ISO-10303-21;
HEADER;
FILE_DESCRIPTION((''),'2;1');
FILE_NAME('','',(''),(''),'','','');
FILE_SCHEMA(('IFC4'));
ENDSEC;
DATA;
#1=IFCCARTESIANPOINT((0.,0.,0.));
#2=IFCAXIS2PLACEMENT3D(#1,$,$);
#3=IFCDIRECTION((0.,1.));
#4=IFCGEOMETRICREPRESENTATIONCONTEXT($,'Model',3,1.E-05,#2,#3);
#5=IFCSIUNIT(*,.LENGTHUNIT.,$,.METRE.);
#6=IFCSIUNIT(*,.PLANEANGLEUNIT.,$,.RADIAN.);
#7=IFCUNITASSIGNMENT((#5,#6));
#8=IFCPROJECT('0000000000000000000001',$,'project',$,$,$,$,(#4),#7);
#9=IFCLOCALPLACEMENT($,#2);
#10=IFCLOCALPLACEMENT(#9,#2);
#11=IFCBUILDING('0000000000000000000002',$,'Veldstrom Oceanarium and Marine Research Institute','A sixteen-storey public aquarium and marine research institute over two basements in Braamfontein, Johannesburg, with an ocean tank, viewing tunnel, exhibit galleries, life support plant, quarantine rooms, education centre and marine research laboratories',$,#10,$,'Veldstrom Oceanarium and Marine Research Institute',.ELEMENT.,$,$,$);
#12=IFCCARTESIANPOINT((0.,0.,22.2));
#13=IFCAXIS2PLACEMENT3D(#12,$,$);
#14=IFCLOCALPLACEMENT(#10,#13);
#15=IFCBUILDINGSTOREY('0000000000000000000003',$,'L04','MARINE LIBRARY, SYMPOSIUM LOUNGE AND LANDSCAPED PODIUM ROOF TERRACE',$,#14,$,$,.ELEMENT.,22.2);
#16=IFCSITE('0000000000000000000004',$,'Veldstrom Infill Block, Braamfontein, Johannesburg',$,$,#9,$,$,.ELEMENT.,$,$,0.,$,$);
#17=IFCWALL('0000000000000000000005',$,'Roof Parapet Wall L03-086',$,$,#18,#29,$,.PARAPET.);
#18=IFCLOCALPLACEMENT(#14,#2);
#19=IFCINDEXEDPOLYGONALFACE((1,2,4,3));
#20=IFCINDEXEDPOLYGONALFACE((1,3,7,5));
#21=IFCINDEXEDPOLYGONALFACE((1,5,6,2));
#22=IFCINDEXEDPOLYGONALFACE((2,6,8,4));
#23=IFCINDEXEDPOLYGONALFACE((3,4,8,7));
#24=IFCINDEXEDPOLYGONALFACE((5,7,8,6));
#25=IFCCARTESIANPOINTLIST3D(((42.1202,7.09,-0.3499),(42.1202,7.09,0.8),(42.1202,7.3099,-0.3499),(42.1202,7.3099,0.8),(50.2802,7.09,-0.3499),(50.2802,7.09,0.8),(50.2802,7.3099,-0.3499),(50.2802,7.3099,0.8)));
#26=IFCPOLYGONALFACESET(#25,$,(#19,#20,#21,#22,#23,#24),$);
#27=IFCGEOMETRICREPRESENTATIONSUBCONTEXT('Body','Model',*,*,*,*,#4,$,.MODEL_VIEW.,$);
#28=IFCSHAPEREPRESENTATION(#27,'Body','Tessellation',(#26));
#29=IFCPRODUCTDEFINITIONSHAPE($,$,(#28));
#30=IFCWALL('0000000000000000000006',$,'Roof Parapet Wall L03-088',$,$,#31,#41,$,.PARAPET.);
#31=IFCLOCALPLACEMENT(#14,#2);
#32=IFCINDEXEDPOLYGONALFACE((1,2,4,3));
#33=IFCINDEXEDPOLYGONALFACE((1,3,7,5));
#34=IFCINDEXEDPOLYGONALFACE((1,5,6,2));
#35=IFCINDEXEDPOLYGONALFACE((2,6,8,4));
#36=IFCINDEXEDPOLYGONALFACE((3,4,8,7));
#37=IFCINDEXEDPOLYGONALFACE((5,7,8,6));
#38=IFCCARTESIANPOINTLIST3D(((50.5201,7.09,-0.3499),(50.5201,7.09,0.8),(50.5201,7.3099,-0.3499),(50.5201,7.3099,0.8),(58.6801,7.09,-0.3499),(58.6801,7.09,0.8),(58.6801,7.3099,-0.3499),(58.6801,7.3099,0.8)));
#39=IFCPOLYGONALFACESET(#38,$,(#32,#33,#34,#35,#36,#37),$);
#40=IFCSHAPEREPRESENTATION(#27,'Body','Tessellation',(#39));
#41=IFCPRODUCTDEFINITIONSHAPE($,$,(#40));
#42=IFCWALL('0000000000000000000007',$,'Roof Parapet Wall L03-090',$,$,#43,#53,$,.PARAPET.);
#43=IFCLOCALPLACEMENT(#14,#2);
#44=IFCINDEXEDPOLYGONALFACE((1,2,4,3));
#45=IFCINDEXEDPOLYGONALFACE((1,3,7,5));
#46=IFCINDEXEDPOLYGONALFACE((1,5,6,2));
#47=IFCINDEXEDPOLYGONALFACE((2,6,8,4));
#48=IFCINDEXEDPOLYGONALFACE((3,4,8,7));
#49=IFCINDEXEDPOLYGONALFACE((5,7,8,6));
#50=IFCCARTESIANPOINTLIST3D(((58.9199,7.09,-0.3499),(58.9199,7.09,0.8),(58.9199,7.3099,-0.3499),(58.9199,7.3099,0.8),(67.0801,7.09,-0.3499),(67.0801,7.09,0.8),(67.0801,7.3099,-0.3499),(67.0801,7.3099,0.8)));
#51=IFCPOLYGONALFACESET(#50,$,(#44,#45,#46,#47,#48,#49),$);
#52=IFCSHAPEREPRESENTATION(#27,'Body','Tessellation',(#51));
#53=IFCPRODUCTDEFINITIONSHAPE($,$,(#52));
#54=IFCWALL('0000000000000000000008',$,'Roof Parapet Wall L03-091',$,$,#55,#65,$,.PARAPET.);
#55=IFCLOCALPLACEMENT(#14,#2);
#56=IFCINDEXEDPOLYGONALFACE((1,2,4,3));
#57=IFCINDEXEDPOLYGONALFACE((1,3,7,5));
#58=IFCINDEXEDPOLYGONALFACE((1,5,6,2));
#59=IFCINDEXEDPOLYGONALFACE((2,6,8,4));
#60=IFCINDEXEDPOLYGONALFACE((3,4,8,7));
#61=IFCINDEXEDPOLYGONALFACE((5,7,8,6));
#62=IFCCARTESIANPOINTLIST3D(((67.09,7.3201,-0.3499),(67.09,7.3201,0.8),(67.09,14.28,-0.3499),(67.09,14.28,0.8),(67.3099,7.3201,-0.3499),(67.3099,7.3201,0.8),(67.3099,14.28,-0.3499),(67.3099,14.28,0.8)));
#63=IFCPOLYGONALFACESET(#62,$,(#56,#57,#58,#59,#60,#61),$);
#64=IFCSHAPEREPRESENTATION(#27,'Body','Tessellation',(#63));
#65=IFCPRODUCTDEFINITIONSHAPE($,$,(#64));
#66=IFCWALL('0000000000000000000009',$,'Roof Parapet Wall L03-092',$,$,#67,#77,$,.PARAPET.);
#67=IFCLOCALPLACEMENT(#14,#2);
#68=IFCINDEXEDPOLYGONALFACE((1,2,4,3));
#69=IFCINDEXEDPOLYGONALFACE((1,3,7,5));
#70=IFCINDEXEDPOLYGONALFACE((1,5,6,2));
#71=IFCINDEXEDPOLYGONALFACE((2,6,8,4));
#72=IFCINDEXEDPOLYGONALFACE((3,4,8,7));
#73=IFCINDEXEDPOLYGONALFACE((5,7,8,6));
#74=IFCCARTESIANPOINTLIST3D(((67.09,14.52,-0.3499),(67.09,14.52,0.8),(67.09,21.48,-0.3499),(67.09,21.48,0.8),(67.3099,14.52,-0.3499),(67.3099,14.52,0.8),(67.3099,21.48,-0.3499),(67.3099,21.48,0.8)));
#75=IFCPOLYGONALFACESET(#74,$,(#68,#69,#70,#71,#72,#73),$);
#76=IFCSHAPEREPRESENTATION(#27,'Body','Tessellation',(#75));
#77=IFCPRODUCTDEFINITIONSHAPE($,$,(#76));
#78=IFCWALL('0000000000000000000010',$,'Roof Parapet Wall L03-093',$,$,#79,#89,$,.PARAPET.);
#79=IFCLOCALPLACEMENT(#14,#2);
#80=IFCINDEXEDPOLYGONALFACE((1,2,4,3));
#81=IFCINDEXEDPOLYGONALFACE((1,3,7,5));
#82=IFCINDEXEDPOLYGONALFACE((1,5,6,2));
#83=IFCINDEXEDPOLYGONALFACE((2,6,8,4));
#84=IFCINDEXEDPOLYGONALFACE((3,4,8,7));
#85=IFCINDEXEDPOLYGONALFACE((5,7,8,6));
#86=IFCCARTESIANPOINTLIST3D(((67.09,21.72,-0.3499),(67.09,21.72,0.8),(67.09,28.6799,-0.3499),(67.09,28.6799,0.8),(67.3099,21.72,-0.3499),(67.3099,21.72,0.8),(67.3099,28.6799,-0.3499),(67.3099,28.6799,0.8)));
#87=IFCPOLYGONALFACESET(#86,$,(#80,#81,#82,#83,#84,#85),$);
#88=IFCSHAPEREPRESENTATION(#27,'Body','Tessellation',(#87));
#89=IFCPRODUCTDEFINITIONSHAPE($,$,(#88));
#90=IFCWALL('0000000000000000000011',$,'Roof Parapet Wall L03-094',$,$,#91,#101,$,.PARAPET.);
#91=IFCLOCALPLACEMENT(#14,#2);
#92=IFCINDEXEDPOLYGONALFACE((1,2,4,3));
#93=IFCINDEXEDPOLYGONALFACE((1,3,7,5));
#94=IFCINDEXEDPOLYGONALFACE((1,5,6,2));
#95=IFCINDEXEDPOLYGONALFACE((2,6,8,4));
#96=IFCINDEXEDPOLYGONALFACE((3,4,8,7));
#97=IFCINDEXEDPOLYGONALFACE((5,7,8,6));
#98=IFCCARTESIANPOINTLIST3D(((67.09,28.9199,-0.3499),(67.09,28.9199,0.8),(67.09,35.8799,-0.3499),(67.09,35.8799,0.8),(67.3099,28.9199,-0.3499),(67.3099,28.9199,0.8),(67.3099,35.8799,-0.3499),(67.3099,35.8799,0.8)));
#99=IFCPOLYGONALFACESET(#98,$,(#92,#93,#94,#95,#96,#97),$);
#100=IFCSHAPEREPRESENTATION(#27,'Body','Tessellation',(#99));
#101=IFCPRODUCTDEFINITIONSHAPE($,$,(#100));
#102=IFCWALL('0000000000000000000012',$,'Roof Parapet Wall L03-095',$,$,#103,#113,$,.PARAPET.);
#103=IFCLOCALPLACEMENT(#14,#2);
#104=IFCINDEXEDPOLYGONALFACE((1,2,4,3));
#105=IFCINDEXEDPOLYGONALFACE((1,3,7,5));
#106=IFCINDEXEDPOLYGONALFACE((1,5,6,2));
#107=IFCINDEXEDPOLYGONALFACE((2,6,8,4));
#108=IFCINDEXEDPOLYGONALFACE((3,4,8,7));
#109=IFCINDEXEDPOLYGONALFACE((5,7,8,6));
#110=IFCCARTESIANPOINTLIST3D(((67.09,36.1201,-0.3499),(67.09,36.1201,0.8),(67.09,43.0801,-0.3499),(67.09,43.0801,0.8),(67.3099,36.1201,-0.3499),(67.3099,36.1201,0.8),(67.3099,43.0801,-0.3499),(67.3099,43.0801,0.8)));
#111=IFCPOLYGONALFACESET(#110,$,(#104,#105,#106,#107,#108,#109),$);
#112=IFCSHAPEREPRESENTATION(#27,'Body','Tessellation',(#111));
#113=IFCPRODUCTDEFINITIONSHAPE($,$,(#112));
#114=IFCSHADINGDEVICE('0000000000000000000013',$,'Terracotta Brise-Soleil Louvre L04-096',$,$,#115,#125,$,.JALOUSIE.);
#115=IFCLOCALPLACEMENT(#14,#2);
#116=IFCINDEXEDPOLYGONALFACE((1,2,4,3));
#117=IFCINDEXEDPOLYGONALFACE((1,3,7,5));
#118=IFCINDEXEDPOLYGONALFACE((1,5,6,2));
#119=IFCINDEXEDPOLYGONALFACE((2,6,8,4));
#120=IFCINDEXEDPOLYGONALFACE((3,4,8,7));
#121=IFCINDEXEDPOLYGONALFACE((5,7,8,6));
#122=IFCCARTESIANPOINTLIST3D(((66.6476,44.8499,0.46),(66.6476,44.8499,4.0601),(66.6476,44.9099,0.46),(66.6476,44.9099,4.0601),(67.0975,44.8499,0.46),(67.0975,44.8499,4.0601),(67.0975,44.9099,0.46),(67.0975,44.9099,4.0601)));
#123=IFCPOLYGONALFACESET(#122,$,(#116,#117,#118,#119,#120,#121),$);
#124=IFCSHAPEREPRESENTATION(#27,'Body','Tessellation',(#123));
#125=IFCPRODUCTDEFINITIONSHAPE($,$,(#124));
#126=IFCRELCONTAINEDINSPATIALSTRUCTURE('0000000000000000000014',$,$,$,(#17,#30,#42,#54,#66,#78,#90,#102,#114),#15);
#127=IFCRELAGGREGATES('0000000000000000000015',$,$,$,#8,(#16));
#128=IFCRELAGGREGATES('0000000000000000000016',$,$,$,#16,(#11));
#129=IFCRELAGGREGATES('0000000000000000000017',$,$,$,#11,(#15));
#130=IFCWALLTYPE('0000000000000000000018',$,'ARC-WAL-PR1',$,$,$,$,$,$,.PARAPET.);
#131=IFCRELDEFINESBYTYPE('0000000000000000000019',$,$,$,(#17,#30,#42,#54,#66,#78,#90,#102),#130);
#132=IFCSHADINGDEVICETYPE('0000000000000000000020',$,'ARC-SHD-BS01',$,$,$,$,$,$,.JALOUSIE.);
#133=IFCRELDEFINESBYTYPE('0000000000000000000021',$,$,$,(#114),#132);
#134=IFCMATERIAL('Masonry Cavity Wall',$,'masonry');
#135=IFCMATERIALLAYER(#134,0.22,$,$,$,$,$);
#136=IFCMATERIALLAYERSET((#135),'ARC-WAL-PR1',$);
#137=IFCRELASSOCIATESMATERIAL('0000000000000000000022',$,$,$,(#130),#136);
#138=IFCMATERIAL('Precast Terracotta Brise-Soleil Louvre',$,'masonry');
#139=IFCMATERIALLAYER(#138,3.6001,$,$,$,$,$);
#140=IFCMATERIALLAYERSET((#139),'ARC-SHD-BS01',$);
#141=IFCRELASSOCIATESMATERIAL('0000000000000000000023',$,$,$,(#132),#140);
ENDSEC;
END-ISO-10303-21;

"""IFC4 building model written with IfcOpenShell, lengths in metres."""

from ifc_helpers import new_model, si_unit, direction, frame, frame_2d, origin, origin_2d, place, context, subcontext, project, spatial, rectangle, extrude, material, layer, layer_set, type_object, element, save


model = new_model("IFC4")

# Units and contexts
model_context = context("Model", 3, precision=1e-05, world=origin(), true_north=direction((0.0, 1.0)))
body_context = subcontext(model_context, "Body", "Model", "MODEL_VIEW")
ifc_project = project(units=[si_unit("LENGTHUNIT", "METRE"), si_unit("PLANEANGLEUNIT", "RADIAN")], contexts=[model_context])

# Site, building, storey
site_placement = place(None, origin())
site = spatial("IfcSite", under=ifc_project, at=site_placement, Name="Veldstrom Infill Block, Braamfontein, Johannesburg", CompositionType="ELEMENT", RefElevation=0.0)
building_placement = place(site_placement, origin())
building = spatial("IfcBuilding", under=site, at=building_placement, Name="Veldstrom Oceanarium and Marine Research Institute", Description="A sixteen-storey public aquarium and marine research institute over two basements in Braamfontein, Johannesburg, with an ocean tank, viewing tunnel, exhibit galleries, life support plant, quarantine rooms, education centre and marine research laboratories", LongName="Veldstrom Oceanarium and Marine Research Institute", CompositionType="ELEMENT")
storey_placement = place(building_placement, frame((0.0, 0.0, 22.2)))
storey = spatial("IfcBuildingStorey", under=building, at=storey_placement, Name="L04", Description="MARINE LIBRARY, SYMPOSIUM LOUNGE AND LANDSCAPED PODIUM ROOF TERRACE", CompositionType="ELEMENT", Elevation=22.2)

# Walls
ifc_material_1 = material(Name="Masonry Cavity Wall", Category="masonry")
ifc_layer_1 = layer(ifc_material_1, 0.22)
ifc_layer_set_1 = layer_set([ifc_layer_1], Name="ARC-WAL-PR1")
wall_type = type_object("IfcWallType", Name="ARC-WAL-PR1", PredefinedType="PARAPET", material=ifc_layer_set_1)
for number, where, z_axis, x_axis, name in (
    (1, (42.1201, 7.2, -0.3499), (0.0, 0.0, 1.0), (1.0, 0.0, 0.0), "Roof Parapet Wall L03-086"),
    (2, (50.52, 7.2, -0.3499), (0.0, 0.0, 1.0), (1.0, 0.0, 0.0), "Roof Parapet Wall L03-088"),
):
    element("IfcWall", number, at=place(storey_placement, frame(where, z_axis=z_axis, x_axis=x_axis)), inside=storey, type_object=wall_type, Name=name, PredefinedType="PARAPET", context=body_context, shape_type="SweptSolid", body=[
        extrude(rectangle(XDim=8.1599, YDim=0.22, at=frame_2d((4.0801, 0.0))), origin(), (0.0, 0.0, 1.0), 1.1499),
    ])
wall_placement = place(storey_placement, frame((58.9199, 7.2, -0.3499), z_axis=(0.0, 0.0, 1.0), x_axis=(1.0, 0.0, 0.0)))
element("IfcWall", 3, at=wall_placement, inside=storey, type_object=wall_type, Name="Roof Parapet Wall L03-090", PredefinedType="PARAPET", context=body_context, shape_type="SweptSolid", body=[
    extrude(rectangle(XDim=8.1602, YDim=0.22, at=frame_2d((4.0801, 0.0))), origin(), (0.0, 0.0, 1.0), 1.1499),
])
for number, where, z_axis, x_axis, name in (
    (4, (67.2, 7.3201, -0.3499), (0.0, 0.0, 1.0), (0.0, 1.0, 0.0), "Roof Parapet Wall L03-091"),
    (5, (67.2, 14.52, -0.3499), (0.0, 0.0, 1.0), (0.0, 1.0, 0.0), "Roof Parapet Wall L03-092"),
    (6, (67.2, 21.72, -0.3499), (0.0, 0.0, 1.0), (0.0, 1.0, 0.0), "Roof Parapet Wall L03-093"),
    (7, (67.2, 28.9199, -0.3499), (0.0, 0.0, 1.0), (0.0, 1.0, 0.0), "Roof Parapet Wall L03-094"),
    (8, (67.2, 36.1201, -0.3499), (0.0, 0.0, 1.0), (0.0, 1.0, 0.0), "Roof Parapet Wall L03-095"),
):
    element("IfcWall", number, at=place(storey_placement, frame(where, z_axis=z_axis, x_axis=x_axis)), inside=storey, type_object=wall_type, Name=name, PredefinedType="PARAPET", context=body_context, shape_type="SweptSolid", body=[
        extrude(rectangle(XDim=6.96, YDim=0.22, at=frame_2d((3.48, 0.0))), origin(), (0.0, 0.0, 1.0), 1.1499),
    ])

# Shading device
ifc_material_2 = material(Name="Precast Terracotta Brise-Soleil Louvre", Category="masonry")
ifc_layer_2 = layer(ifc_material_2, 3.6001)
ifc_layer_set_2 = layer_set([ifc_layer_2], Name="ARC-SHD-BS01")
shading_device_type = type_object("IfcShadingDeviceType", Name="ARC-SHD-BS01", PredefinedType="JALOUSIE", material=ifc_layer_set_2)
shading_device_placement = place(storey_placement, frame((66.8726, 44.8799, 0.46), z_axis=(0.0, 0.0, 1.0), x_axis=(1.0, 0.0, 0.0)))
element("IfcShadingDevice", 9, at=shading_device_placement, inside=storey, type_object=shading_device_type, Name="Terracotta Brise-Soleil Louvre L04-096", PredefinedType="JALOUSIE", context=body_context, shape_type="SweptSolid", body=[
    extrude(rectangle(XDim=0.45, YDim=0.0601, at=origin_2d()), origin(), (0.0, 0.0, 1.0), 3.6001),
])

save(model, "model.ifc")
